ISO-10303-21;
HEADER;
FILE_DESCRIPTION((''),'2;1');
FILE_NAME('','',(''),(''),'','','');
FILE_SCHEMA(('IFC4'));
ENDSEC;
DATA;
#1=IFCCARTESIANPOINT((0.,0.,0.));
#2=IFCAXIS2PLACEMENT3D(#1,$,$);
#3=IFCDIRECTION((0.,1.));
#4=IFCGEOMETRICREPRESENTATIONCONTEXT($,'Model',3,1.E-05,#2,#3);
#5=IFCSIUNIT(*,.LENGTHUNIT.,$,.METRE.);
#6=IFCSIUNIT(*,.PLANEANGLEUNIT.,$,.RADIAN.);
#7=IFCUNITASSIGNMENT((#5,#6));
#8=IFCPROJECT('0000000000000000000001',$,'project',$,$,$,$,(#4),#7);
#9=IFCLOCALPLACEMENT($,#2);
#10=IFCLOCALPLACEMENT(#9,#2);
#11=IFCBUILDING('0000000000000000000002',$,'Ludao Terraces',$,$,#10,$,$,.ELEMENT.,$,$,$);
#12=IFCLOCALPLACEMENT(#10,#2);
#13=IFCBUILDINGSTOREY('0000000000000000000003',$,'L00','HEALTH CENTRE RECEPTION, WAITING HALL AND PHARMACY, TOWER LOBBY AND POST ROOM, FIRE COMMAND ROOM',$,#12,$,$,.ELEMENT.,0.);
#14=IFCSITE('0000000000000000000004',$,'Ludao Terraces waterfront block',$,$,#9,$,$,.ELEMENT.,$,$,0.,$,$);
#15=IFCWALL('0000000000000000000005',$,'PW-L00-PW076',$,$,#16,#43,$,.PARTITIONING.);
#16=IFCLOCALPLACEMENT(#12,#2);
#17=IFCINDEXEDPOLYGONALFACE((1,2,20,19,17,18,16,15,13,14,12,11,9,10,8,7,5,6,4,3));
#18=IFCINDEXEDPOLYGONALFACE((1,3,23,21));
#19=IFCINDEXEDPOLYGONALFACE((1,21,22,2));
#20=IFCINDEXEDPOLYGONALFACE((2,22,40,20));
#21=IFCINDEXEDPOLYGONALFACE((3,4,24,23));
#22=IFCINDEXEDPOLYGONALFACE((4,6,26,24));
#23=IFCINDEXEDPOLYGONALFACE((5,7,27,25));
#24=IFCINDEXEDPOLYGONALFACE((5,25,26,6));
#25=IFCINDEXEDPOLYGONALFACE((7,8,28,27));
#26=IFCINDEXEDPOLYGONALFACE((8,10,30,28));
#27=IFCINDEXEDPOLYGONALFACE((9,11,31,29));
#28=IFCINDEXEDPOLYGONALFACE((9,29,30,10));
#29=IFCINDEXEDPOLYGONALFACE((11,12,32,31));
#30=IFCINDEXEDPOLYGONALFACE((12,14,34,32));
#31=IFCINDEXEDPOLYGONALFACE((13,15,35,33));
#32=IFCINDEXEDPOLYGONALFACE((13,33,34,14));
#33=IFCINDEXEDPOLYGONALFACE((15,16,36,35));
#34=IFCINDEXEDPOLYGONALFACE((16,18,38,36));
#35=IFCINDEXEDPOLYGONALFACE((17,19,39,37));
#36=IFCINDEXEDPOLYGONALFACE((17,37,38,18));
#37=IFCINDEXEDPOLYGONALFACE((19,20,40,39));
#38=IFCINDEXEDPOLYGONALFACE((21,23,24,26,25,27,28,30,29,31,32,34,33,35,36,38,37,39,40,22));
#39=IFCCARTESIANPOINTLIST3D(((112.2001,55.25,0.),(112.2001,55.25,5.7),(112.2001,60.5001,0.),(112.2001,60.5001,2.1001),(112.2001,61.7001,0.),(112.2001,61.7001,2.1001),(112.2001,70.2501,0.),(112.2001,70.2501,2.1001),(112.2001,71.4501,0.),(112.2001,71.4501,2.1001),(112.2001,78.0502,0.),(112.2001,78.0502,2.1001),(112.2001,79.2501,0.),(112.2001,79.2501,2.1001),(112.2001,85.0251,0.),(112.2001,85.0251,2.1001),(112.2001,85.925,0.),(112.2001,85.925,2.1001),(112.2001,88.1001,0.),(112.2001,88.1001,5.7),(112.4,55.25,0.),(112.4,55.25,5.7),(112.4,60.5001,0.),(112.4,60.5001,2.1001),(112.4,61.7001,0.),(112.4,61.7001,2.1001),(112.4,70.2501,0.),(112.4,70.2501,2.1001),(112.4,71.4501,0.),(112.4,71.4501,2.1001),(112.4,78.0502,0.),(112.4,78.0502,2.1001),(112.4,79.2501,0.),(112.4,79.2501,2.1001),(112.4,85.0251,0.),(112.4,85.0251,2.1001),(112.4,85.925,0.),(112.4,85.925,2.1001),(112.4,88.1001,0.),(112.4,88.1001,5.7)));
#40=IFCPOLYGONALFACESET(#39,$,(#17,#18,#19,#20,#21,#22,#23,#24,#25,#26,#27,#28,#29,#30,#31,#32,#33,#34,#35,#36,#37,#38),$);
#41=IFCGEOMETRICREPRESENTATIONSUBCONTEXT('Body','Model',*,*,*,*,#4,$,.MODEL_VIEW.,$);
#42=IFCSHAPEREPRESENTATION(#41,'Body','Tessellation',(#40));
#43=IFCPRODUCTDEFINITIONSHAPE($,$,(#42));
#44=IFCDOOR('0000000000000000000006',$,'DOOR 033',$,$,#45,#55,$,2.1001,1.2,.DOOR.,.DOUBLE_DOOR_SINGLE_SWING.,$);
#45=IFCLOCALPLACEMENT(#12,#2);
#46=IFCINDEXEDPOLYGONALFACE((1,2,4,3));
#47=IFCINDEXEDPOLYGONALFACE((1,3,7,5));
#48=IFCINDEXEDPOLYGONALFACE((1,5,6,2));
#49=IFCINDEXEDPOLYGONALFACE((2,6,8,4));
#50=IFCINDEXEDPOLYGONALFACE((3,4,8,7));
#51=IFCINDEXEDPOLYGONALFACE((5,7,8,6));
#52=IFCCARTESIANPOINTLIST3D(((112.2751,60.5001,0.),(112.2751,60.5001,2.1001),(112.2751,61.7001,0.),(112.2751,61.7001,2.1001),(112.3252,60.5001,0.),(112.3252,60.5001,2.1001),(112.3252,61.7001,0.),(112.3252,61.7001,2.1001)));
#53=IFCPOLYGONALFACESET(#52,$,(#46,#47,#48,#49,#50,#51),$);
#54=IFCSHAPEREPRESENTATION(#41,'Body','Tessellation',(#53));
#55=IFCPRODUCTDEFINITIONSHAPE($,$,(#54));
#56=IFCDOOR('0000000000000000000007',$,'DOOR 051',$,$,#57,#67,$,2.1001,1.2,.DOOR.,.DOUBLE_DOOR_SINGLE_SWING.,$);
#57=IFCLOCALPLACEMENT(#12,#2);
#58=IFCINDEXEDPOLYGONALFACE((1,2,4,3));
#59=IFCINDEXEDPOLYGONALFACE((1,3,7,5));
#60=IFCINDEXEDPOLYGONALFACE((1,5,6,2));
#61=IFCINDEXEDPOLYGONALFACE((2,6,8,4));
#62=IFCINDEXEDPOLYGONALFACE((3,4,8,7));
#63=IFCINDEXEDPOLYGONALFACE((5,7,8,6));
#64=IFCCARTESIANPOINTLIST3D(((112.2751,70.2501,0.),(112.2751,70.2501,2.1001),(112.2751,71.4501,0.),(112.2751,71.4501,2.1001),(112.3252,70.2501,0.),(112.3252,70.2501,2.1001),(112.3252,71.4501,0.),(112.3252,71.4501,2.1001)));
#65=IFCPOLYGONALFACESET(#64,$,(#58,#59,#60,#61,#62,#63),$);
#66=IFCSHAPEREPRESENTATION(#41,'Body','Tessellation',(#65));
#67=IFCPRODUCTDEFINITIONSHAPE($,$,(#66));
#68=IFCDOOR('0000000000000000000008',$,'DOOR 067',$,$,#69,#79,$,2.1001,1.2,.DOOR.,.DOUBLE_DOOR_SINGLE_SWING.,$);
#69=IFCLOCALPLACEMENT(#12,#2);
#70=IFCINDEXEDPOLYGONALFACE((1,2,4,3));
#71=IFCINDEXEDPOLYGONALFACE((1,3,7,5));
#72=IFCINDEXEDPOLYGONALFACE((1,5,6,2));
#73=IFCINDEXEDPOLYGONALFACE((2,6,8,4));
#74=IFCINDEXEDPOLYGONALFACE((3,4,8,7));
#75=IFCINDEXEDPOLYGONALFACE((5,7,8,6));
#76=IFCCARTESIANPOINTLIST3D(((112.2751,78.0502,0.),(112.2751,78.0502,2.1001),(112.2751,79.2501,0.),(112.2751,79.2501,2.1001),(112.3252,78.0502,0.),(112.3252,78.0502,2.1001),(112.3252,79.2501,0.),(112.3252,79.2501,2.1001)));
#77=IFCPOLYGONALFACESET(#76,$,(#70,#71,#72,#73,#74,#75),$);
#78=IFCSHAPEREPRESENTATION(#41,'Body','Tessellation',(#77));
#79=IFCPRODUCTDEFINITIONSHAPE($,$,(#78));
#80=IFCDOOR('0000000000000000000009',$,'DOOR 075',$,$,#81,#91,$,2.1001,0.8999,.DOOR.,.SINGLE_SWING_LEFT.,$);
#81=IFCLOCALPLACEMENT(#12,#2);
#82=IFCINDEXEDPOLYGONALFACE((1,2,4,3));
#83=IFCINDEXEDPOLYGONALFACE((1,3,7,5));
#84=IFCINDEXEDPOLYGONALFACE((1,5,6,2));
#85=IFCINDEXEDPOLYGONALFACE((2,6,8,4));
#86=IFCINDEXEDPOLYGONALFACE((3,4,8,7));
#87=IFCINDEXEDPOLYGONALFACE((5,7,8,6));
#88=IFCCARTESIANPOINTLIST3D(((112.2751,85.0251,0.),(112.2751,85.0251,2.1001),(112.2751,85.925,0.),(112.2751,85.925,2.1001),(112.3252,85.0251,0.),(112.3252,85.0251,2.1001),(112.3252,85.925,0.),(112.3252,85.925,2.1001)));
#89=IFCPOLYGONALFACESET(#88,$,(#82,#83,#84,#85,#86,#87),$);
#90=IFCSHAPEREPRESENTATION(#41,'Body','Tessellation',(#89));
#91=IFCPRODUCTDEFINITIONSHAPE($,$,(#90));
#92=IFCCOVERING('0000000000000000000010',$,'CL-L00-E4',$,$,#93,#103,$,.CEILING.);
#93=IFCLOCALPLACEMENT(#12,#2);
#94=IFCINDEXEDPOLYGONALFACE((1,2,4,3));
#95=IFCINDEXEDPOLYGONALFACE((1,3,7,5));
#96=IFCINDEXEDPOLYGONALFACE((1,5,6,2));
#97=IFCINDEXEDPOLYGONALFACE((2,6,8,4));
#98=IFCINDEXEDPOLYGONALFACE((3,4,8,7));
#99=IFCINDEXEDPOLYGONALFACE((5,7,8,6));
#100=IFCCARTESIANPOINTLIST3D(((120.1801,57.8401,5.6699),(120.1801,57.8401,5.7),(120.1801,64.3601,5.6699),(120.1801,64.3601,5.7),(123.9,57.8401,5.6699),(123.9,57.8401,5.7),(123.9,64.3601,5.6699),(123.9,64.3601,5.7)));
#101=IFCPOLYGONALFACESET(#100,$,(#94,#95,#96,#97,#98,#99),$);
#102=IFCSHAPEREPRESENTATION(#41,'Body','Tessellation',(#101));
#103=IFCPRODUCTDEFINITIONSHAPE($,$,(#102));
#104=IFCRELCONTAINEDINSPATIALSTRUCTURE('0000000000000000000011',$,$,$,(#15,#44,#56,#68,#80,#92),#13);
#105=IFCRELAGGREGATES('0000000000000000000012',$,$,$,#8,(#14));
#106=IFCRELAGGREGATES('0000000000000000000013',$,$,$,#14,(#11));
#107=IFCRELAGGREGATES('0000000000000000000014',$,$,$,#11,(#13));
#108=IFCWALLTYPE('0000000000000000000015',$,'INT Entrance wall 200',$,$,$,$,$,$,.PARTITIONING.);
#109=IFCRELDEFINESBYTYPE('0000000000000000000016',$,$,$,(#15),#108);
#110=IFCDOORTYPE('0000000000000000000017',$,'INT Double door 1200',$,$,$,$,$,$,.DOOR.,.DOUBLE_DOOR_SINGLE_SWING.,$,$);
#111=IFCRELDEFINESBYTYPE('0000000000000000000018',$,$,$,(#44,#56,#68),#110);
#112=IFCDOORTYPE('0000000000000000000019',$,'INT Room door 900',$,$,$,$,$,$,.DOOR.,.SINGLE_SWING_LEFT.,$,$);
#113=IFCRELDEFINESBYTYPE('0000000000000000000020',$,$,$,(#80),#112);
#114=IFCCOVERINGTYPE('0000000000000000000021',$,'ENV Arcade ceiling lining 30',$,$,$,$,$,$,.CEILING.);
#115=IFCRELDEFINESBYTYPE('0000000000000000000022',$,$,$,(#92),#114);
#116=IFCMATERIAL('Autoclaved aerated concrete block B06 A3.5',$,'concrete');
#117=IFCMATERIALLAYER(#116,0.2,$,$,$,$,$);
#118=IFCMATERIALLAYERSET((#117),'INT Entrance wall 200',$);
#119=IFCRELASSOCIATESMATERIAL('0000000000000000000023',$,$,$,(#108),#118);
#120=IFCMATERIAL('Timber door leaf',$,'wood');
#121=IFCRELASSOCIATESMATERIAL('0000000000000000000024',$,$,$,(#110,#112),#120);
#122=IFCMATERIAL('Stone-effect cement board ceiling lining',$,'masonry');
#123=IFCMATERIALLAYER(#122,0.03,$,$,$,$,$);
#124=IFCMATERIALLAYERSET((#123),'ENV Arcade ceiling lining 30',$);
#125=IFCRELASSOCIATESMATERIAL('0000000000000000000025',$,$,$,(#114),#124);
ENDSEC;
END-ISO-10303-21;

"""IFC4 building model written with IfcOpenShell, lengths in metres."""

from ifc_helpers import new_model, si_unit, direction, frame, frame_2d, origin, origin_2d, place, context, subcontext, project, spatial, rectangle, extrude, material, layer, layer_set, type_object, element, fill, save


model = new_model("IFC4")

# Units and contexts
model_context = context("Model", 3, precision=1e-05, world=origin(), true_north=direction((0.0, 1.0)))
body_context = subcontext(model_context, "Body", "Model", "MODEL_VIEW")
ifc_project = project(units=[si_unit("LENGTHUNIT", "METRE"), si_unit("PLANEANGLEUNIT", "RADIAN")], contexts=[model_context])

# Site, building, storey
site_placement = place(None, origin())
site = spatial("IfcSite", under=ifc_project, at=site_placement, Name="Ludao Terraces waterfront block", CompositionType="ELEMENT", RefElevation=0.0)
building_placement = place(site_placement, origin())
building = spatial("IfcBuilding", under=site, at=building_placement, Name="Ludao Terraces", CompositionType="ELEMENT")
storey_placement = place(building_placement, origin())
storey = spatial("IfcBuildingStorey", under=building, at=storey_placement, Name="L00", Description="HEALTH CENTRE RECEPTION, WAITING HALL AND PHARMACY, TOWER LOBBY AND POST ROOM, FIRE COMMAND ROOM", CompositionType="ELEMENT", Elevation=0.0)

# Wall, openings, doors
ifc_material_1 = material(Name="Autoclaved aerated concrete block B06 A3.5", Category="concrete")
ifc_layer_1 = layer(ifc_material_1, 0.2)
ifc_layer_set_1 = layer_set([ifc_layer_1], Name="INT Entrance wall 200")
wall_type = type_object("IfcWallType", Name="INT Entrance wall 200", PredefinedType="PARTITIONING", material=ifc_layer_set_1)
wall_placement = place(storey_placement, frame((112.3, 55.25, 0.0), z_axis=(0.0, 0.0, 1.0), x_axis=(0.0, 1.0, 0.0)))
wall = element("IfcWall", 1, at=wall_placement, inside=storey, type_object=wall_type, Name="PW-L00-PW076", PredefinedType="PARTITIONING", context=body_context, shape_type="SweptSolid", body=[
    extrude(rectangle(XDim=32.8501, YDim=0.2, at=frame_2d((16.425, 0.0))), origin(), (0.0, 0.0, 1.0), 5.7),
])
opening_1_placement = place(wall_placement, frame((5.25, 0.0, 0.0)))
opening_1 = element("IfcOpeningElement", 2, at=opening_1_placement, cuts=wall, PredefinedType="OPENING", context=body_context, shape_type="SweptSolid", body=[
    extrude(rectangle(XDim=1.2, YDim=2.1001, at=frame_2d((0.6001, 1.05))), frame((0.0, 0.1099, 0.0), z_axis=(0.0, -1.0, 0.0), x_axis=(1.0, 0.0, 0.0)), (0.0, 0.0, 1.0), 0.22),
])
opening_2_placement = place(wall_placement, frame((15.0, 0.0, 0.0)))
opening_2 = element("IfcOpeningElement", 3, at=opening_2_placement, cuts=wall, PredefinedType="OPENING", context=body_context, shape_type="SweptSolid", body=[
    extrude(rectangle(XDim=1.2, YDim=2.1001, at=frame_2d((0.6001, 1.05))), frame((0.0, 0.1099, 0.0), z_axis=(0.0, -1.0, 0.0), x_axis=(1.0, 0.0, 0.0)), (0.0, 0.0, 1.0), 0.22),
])
opening_3_placement = place(wall_placement, frame((22.8, 0.0, 0.0)))
opening_3 = element("IfcOpeningElement", 4, at=opening_3_placement, cuts=wall, PredefinedType="OPENING", context=body_context, shape_type="SweptSolid", body=[
    extrude(rectangle(XDim=1.2, YDim=2.1001, at=frame_2d((0.6001, 1.05))), frame((0.0, 0.1099, 0.0), z_axis=(0.0, -1.0, 0.0), x_axis=(1.0, 0.0, 0.0)), (0.0, 0.0, 1.0), 0.22),
])
opening_4_placement = place(wall_placement, frame((29.7751, 0.0, 0.0)))
opening_4 = element("IfcOpeningElement", 5, at=opening_4_placement, cuts=wall, PredefinedType="OPENING", context=body_context, shape_type="SweptSolid", body=[
    extrude(rectangle(XDim=0.8999, YDim=2.1001, at=frame_2d((0.45, 1.05))), frame((0.0, 0.1099, 0.0), z_axis=(0.0, -1.0, 0.0), x_axis=(1.0, 0.0, 0.0)), (0.0, 0.0, 1.0), 0.22),
])
ifc_material_2 = material(Name="Timber door leaf", Category="wood")
door_type_1 = type_object("IfcDoorType", Name="INT Double door 1200", OperationType="DOUBLE_DOOR_SINGLE_SWING", PredefinedType="DOOR", material=ifc_material_2)
door_1_placement = place(opening_1_placement, origin())
door_1 = element("IfcDoor", 6, at=door_1_placement, inside=storey, type_object=door_type_1, Name="DOOR 033", OperationType="DOUBLE_DOOR_SINGLE_SWING", OverallHeight=2.1001, OverallWidth=1.2, PredefinedType="DOOR", context=body_context, shape_type="SweptSolid", body=[
    extrude(rectangle(XDim=1.2, YDim=2.1001, at=frame_2d((0.6001, 1.05))), frame((0.0, 0.0249, 0.0), z_axis=(0.0, -1.0, 0.0), x_axis=(1.0, 0.0, 0.0)), (0.0, 0.0, 1.0), 0.05),
])
fill(opening_1, door_1)
door_2_placement = place(opening_2_placement, origin())
door_2 = element("IfcDoor", 7, at=door_2_placement, inside=storey, type_object=door_type_1, Name="DOOR 051", OperationType="DOUBLE_DOOR_SINGLE_SWING", OverallHeight=2.1001, OverallWidth=1.2, PredefinedType="DOOR", context=body_context, shape_type="SweptSolid", body=[
    extrude(rectangle(XDim=1.2, YDim=2.1001, at=frame_2d((0.6001, 1.05))), frame((0.0, 0.0249, 0.0), z_axis=(0.0, -1.0, 0.0), x_axis=(1.0, 0.0, 0.0)), (0.0, 0.0, 1.0), 0.05),
])
fill(opening_2, door_2)
door_3_placement = place(opening_3_placement, origin())
door_3 = element("IfcDoor", 8, at=door_3_placement, inside=storey, type_object=door_type_1, Name="DOOR 067", OperationType="DOUBLE_DOOR_SINGLE_SWING", OverallHeight=2.1001, OverallWidth=1.2, PredefinedType="DOOR", context=body_context, shape_type="SweptSolid", body=[
    extrude(rectangle(XDim=1.2, YDim=2.1001, at=frame_2d((0.6001, 1.05))), frame((0.0, 0.0249, 0.0), z_axis=(0.0, -1.0, 0.0), x_axis=(1.0, 0.0, 0.0)), (0.0, 0.0, 1.0), 0.05),
])
fill(opening_3, door_3)
door_type_2 = type_object("IfcDoorType", Name="INT Room door 900", OperationType="SINGLE_SWING_LEFT", PredefinedType="DOOR", material=ifc_material_2)
door_4_placement = place(opening_4_placement, origin())
door_4 = element("IfcDoor", 9, at=door_4_placement, inside=storey, type_object=door_type_2, Name="DOOR 075", OperationType="SINGLE_SWING_LEFT", OverallHeight=2.1001, OverallWidth=0.8999, PredefinedType="DOOR", context=body_context, shape_type="SweptSolid", body=[
    extrude(rectangle(XDim=0.8999, YDim=2.1001, at=frame_2d((0.45, 1.05))), frame((0.0, 0.0249, 0.0), z_axis=(0.0, -1.0, 0.0), x_axis=(1.0, 0.0, 0.0)), (0.0, 0.0, 1.0), 0.05),
])
fill(opening_4, door_4)

# Covering
ifc_material_3 = material(Name="Stone-effect cement board ceiling lining", Category="masonry")
ifc_layer_2 = layer(ifc_material_3, 0.03)
ifc_layer_set_2 = layer_set([ifc_layer_2], Name="ENV Arcade ceiling lining 30")
covering_type = type_object("IfcCoveringType", Name="ENV Arcade ceiling lining 30", PredefinedType="CEILING", material=ifc_layer_set_2)
covering_placement = place(storey_placement, frame((122.04, 61.1001, 5.6699), z_axis=(0.0, 0.0, 1.0), x_axis=(1.0, 0.0, 0.0)))
element("IfcCovering", 10, at=covering_placement, inside=storey, type_object=covering_type, Name="CL-L00-E4", PredefinedType="CEILING", context=body_context, shape_type="SweptSolid", body=[
    extrude(rectangle(XDim=3.72, YDim=6.52, at=origin_2d()), origin(), (0.0, 0.0, 1.0), 0.03),
])

save(model, "model.ifc")
